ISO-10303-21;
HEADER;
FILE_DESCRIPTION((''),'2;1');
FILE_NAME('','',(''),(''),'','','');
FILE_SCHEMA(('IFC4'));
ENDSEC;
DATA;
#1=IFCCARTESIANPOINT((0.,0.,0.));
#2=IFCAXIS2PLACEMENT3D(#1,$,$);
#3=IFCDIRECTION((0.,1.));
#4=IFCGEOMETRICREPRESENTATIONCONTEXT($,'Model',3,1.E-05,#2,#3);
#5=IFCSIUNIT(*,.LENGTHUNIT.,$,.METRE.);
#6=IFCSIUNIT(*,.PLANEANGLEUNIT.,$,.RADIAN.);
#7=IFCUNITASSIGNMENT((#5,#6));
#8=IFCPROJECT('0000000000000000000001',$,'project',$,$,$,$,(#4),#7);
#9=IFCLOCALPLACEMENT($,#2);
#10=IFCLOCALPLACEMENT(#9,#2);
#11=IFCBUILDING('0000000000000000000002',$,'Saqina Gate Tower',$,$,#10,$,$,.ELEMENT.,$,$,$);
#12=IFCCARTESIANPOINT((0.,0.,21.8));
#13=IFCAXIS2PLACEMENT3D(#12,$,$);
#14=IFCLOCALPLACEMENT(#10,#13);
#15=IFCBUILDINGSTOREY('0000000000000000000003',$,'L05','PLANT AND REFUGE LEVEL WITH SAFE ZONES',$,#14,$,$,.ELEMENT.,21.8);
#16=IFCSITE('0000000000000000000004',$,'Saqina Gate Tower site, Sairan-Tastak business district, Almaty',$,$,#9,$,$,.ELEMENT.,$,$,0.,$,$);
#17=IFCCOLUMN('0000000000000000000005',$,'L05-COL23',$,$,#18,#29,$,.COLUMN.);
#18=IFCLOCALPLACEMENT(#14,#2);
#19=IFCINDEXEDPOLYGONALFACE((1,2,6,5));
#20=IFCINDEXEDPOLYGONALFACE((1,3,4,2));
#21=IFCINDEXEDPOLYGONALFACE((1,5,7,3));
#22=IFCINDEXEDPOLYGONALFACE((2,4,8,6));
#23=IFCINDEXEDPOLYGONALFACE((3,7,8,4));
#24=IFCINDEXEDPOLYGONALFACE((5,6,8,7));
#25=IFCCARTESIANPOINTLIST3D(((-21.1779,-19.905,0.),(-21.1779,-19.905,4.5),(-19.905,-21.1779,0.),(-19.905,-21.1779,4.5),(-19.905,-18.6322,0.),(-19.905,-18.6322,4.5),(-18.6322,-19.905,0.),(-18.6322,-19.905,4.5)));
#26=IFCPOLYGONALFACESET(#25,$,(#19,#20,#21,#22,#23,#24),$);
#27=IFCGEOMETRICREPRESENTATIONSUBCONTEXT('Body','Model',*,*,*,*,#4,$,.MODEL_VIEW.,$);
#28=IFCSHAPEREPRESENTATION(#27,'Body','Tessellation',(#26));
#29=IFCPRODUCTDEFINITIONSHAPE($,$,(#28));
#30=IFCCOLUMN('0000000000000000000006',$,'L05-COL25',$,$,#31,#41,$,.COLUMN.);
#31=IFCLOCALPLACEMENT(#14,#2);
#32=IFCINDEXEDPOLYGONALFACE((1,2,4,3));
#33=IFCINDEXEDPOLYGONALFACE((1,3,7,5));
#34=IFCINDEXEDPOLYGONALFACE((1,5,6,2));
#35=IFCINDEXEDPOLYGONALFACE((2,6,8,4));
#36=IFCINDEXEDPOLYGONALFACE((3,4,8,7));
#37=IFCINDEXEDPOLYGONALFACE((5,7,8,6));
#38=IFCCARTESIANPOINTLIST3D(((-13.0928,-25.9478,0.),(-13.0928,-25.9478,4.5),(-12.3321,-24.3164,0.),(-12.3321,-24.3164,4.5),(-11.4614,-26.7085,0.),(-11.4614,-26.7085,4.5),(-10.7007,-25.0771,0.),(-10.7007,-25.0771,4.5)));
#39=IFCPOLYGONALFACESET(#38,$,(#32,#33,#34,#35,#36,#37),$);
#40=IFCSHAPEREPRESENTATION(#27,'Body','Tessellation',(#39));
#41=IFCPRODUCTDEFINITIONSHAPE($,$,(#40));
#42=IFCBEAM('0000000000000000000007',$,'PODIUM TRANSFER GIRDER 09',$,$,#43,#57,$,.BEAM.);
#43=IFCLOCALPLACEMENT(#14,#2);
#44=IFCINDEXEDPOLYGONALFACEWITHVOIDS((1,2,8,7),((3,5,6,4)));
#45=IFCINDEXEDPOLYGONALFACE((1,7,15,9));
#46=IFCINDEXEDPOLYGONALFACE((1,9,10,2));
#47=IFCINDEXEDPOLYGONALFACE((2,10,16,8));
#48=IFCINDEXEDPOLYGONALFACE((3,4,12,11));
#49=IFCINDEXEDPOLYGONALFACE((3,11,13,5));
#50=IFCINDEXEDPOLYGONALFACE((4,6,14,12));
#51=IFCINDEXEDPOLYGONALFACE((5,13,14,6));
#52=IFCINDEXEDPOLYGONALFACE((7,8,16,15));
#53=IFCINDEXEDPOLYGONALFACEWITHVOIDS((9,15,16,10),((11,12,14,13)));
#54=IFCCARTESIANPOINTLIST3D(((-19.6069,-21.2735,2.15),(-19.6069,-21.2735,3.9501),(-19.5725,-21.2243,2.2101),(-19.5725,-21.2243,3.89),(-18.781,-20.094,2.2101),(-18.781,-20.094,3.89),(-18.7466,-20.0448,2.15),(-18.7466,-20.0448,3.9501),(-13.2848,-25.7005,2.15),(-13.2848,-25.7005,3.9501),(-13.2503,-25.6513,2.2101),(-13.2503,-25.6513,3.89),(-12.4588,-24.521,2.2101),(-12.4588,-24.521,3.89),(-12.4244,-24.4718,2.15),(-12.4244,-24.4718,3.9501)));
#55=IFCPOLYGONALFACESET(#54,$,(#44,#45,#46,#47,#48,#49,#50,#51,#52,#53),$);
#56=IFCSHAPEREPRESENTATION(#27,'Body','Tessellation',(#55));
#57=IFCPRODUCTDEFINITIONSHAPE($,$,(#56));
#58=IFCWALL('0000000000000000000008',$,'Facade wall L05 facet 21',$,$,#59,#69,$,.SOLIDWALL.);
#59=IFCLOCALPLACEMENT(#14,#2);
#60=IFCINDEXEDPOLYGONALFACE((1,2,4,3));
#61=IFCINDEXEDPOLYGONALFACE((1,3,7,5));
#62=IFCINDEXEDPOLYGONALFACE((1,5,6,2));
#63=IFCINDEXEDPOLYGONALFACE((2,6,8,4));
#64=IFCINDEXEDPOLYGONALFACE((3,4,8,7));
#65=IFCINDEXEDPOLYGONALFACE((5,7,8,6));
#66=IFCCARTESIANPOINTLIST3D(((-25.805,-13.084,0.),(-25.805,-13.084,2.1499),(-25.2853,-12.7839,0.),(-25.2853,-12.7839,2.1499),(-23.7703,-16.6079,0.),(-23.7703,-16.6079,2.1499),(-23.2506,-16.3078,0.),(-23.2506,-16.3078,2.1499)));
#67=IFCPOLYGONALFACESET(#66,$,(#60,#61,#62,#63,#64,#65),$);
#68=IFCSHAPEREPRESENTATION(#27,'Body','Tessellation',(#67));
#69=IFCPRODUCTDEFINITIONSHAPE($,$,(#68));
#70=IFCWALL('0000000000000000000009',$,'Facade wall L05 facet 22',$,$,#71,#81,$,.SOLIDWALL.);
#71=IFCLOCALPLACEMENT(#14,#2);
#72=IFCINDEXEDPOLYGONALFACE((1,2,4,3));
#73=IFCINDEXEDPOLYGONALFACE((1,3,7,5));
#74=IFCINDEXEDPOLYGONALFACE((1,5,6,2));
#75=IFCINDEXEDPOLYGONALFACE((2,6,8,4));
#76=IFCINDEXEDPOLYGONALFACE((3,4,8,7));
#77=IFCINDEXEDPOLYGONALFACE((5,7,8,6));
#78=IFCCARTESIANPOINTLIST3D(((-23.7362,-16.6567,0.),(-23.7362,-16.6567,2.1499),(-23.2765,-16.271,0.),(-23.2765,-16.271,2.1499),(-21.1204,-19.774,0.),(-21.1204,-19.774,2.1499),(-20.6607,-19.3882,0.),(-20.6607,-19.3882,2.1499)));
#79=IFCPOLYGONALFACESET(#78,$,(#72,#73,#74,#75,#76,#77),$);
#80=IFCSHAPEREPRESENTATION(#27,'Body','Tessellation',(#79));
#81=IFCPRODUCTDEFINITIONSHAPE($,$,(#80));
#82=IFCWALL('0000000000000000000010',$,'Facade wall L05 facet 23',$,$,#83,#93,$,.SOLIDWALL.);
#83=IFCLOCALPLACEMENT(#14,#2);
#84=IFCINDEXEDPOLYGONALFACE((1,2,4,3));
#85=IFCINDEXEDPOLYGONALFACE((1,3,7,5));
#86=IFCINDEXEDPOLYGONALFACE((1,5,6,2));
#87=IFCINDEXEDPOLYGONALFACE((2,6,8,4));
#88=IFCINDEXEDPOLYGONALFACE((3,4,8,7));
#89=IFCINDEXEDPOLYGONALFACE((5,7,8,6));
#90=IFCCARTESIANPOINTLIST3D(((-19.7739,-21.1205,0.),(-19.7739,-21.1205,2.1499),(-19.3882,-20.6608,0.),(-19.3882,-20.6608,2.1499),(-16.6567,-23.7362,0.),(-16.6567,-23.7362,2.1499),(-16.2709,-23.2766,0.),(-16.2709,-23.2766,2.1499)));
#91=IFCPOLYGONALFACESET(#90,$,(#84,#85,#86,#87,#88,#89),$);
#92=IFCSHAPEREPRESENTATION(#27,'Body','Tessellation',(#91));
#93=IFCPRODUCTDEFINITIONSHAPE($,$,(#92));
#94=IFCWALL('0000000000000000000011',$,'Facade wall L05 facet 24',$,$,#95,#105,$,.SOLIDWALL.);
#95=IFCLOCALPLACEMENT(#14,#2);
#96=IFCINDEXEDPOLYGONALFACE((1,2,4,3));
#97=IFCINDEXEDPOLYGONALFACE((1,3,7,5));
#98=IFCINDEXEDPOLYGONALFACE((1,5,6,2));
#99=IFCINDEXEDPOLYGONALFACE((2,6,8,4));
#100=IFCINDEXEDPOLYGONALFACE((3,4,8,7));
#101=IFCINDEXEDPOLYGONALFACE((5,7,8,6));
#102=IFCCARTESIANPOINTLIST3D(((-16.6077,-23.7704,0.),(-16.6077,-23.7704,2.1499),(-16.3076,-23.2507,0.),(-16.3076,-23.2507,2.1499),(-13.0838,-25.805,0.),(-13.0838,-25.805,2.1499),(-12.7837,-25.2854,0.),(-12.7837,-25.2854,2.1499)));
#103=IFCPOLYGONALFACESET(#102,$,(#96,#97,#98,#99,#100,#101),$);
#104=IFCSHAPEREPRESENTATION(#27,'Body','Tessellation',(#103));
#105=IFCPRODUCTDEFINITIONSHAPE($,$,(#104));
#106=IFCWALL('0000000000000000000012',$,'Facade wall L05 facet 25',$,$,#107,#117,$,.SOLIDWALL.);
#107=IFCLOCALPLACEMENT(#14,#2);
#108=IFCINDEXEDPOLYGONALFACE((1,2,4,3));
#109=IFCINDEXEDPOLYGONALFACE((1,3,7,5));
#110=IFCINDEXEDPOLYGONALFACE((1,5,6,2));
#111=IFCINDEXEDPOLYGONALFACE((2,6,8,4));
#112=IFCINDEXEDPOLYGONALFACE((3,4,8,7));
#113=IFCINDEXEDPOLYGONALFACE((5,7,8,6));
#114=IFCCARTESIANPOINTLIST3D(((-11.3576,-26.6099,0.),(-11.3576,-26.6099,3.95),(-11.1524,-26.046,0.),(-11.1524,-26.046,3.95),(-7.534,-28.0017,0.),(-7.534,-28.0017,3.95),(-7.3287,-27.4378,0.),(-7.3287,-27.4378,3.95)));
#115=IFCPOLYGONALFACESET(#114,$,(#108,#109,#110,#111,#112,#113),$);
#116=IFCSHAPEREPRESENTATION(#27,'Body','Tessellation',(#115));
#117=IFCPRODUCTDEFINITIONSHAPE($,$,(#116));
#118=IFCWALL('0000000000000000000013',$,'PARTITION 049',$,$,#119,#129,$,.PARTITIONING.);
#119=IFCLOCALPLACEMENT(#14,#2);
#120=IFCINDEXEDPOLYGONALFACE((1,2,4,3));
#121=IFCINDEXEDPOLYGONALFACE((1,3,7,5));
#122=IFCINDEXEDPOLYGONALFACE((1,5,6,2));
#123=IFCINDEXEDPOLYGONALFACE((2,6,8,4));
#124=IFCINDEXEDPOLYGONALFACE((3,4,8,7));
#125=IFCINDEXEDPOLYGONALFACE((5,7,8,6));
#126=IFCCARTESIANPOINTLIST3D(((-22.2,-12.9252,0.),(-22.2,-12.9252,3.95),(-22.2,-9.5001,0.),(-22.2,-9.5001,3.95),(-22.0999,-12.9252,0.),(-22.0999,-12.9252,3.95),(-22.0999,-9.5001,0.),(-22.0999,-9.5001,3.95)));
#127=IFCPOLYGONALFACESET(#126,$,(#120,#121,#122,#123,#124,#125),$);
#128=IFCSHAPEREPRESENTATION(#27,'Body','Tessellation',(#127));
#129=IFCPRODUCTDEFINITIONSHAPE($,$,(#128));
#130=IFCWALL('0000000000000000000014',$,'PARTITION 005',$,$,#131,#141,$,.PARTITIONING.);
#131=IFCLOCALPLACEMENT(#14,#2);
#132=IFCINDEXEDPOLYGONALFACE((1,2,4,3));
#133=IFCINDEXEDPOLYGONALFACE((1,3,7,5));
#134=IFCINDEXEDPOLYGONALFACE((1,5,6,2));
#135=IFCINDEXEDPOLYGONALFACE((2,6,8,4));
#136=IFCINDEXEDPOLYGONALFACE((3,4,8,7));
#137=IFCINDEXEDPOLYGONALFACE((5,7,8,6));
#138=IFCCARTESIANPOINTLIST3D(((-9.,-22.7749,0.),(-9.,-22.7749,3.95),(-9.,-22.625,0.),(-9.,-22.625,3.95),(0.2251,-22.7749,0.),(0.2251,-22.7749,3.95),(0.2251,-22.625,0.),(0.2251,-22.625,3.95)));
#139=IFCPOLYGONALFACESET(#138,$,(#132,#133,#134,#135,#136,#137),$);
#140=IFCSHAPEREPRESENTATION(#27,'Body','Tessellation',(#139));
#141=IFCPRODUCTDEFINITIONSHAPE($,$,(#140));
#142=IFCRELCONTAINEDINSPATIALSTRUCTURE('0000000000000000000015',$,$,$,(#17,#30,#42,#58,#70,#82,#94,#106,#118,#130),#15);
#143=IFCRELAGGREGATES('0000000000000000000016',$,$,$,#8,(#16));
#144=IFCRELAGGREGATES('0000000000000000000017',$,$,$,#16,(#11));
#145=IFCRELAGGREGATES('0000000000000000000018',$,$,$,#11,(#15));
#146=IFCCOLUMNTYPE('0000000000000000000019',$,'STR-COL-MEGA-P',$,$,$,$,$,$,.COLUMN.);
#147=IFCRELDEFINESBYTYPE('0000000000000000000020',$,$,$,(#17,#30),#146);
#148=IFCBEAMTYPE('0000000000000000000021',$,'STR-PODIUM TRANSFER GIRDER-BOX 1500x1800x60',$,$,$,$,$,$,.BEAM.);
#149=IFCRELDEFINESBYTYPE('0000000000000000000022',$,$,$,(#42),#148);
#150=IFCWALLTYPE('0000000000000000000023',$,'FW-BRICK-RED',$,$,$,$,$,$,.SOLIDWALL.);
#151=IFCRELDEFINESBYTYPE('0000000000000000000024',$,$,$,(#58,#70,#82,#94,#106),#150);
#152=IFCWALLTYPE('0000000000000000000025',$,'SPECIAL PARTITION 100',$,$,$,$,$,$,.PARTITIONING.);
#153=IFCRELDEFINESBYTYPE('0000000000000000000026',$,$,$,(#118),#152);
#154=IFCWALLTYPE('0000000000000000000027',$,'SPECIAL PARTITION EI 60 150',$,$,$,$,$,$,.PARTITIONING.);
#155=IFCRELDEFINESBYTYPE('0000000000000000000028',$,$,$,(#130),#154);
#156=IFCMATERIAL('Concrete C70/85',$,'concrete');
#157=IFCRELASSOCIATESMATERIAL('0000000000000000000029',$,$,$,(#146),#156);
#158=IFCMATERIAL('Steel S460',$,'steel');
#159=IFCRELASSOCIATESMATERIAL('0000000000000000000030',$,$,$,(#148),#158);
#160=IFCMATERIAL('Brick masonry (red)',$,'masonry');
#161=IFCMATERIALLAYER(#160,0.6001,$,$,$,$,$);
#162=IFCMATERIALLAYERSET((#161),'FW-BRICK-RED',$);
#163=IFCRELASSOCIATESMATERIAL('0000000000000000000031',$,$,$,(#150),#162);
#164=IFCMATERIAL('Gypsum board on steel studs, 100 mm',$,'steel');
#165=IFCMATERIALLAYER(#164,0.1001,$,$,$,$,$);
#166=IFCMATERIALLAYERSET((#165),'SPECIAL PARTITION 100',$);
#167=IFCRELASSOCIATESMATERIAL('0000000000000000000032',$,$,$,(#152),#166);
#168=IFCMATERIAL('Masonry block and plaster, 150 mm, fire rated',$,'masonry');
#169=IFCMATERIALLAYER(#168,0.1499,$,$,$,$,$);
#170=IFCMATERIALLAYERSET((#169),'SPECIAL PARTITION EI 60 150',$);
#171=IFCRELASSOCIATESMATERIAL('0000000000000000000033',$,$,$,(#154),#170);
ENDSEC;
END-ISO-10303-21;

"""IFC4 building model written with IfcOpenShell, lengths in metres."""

from ifc_helpers import new_model, si_unit, direction, frame, frame_2d, origin, origin_2d, place, context, subcontext, project, spatial, rectangle, hollow_rectangle, extrude, material, layer, layer_set, material_profile, profile_set, type_object, element, save


model = new_model("IFC4")

# Units and contexts
model_context = context("Model", 3, precision=1e-05, world=origin(), true_north=direction((0.0, 1.0)))
body_context = subcontext(model_context, "Body", "Model", "MODEL_VIEW")
ifc_project = project(units=[si_unit("LENGTHUNIT", "METRE"), si_unit("PLANEANGLEUNIT", "RADIAN")], contexts=[model_context])

# Site, building, storey
site_placement = place(None, origin())
site = spatial("IfcSite", under=ifc_project, at=site_placement, Name="Saqina Gate Tower site, Sairan-Tastak business district, Almaty", CompositionType="ELEMENT", RefElevation=0.0)
building_placement = place(site_placement, origin())
building = spatial("IfcBuilding", under=site, at=building_placement, Name="Saqina Gate Tower", CompositionType="ELEMENT")
storey_placement = place(building_placement, frame((0.0, 0.0, 21.8)))
storey = spatial("IfcBuildingStorey", under=building, at=storey_placement, Name="L05", Description="PLANT AND REFUGE LEVEL WITH SAFE ZONES", CompositionType="ELEMENT", Elevation=21.8)

# Columns
ifc_material_1 = material(Name="Concrete C70/85", Category="concrete")
ifc_material_profile_1 = material_profile(ifc_material_1, rectangle(XDim=1.8, YDim=1.8, at=origin_2d()), Name="RC 1800x1800")
ifc_profile_set_1 = profile_set([ifc_material_profile_1], Name="Concrete C70/85")
column_type = type_object("IfcColumnType", Name="STR-COL-MEGA-P", PredefinedType="COLUMN", material=ifc_profile_set_1)
for number, where, z_axis, x_axis, name in (
    (1, (-19.905, -19.905, 0.0), (0.0, 0.0, 1.0), (-0.707107, -0.707107, 0.0), "L05-COL23"),
    (2, (-11.8967, -25.5125, 0.0), (0.0, 0.0, 1.0), (-0.422618, -0.906308, 0.0), "L05-COL25"),
):
    element("IfcColumn", number, at=place(storey_placement, frame(where, z_axis=z_axis, x_axis=x_axis)), inside=storey, type_object=column_type, Name=name, PredefinedType="COLUMN", context=body_context, shape_type="SweptSolid", body=[
        extrude(rectangle(XDim=1.8, YDim=1.8, at=origin_2d()), origin(), (0.0, 0.0, 1.0), 4.5),
    ])

# Beam
ifc_material_2 = material(Name="Steel S460", Category="steel")
ifc_material_profile_2 = material_profile(ifc_material_2, hollow_rectangle(XDim=1.5, YDim=1.8, WallThickness=0.0601, at=origin_2d()), Name="BOX 1500x1800x60")
ifc_profile_set_2 = profile_set([ifc_material_profile_2], Name="Steel S460")
beam_type = type_object("IfcBeamType", Name="STR-PODIUM TRANSFER GIRDER-BOX 1500x1800x60", PredefinedType="BEAM", material=ifc_profile_set_2)
beam_placement = place(storey_placement, frame((-19.1768, -20.6592, 3.05), z_axis=(0.819146, -0.573585, 0.0), x_axis=(0.573585, 0.819146, 0.0)))
element("IfcBeam", 3, at=beam_placement, inside=storey, type_object=beam_type, Name="PODIUM TRANSFER GIRDER 09", PredefinedType="BEAM", context=body_context, shape_type="SweptSolid", body=[
    extrude(hollow_rectangle(XDim=1.5, YDim=1.8, WallThickness=0.0601, at=origin_2d()), origin(), (0.0, 0.0, 1.0), 7.718),
])

# Walls
ifc_material_3 = material(Name="Brick masonry (red)", Category="masonry")
ifc_layer_1 = layer(ifc_material_3, 0.6001)
ifc_layer_set_1 = layer_set([ifc_layer_1], Name="FW-BRICK-RED")
wall_type_1 = type_object("IfcWallType", Name="FW-BRICK-RED", PredefinedType="SOLIDWALL", material=ifc_layer_set_1)
wall_1_placement = place(storey_placement, frame((-25.5452, -12.9338, 0.0), z_axis=(0.0, 0.0, 1.0), x_axis=(0.500024, -0.866012, 0.0)))
element("IfcWall", 4, at=wall_1_placement, inside=storey, type_object=wall_type_1, Name="Facade wall L05 facet 21", PredefinedType="SOLIDWALL", context=body_context, shape_type="SweptSolid", body=[
    extrude(rectangle(XDim=4.0691, YDim=0.6001, at=frame_2d((2.0347, 0.0))), origin(), (0.0, 0.0, 1.0), 2.1499),
])
for number, where, z_axis, x_axis, name in (
    (5, (-23.5063, -16.4639, 0.0), (0.0, 0.0, 1.0), (0.642801, -0.766033, 0.0), "Facade wall L05 facet 22"),
    (6, (-19.5811, -20.8906, 0.0), (0.0, 0.0, 1.0), (0.766033, -0.642801, 0.0), "Facade wall L05 facet 23"),
):
    element("IfcWall", number, at=place(storey_placement, frame(where, z_axis=z_axis, x_axis=x_axis)), inside=storey, type_object=wall_type_1, Name=name, PredefinedType="SOLIDWALL", context=body_context, shape_type="SweptSolid", body=[
        extrude(rectangle(XDim=4.0693, YDim=0.6001, at=frame_2d((2.0347, 0.0))), origin(), (0.0, 0.0, 1.0), 2.1499),
    ])
wall_2_placement = place(storey_placement, frame((-16.4578, -23.5105, 0.0), z_axis=(0.0, 0.0, 1.0), x_axis=(0.866012, -0.500024, 0.0)))
element("IfcWall", 7, at=wall_2_placement, inside=storey, type_object=wall_type_1, Name="Facade wall L05 facet 24", PredefinedType="SOLIDWALL", context=body_context, shape_type="SweptSolid", body=[
    extrude(rectangle(XDim=4.0691, YDim=0.6001, at=frame_2d((2.0347, 0.0))), origin(), (0.0, 0.0, 1.0), 2.1499),
])
wall_3_placement = place(storey_placement, frame((-11.2551, -26.3279, 0.0), z_axis=(0.0, 0.0, 1.0), x_axis=(0.939683, -0.342047, 0.0)))
element("IfcWall", 8, at=wall_3_placement, inside=storey, type_object=wall_type_1, Name="Facade wall L05 facet 25", PredefinedType="SOLIDWALL", context=body_context, shape_type="SweptSolid", body=[
    extrude(rectangle(XDim=4.0691, YDim=0.6001, at=frame_2d((2.0347, 0.0))), origin(), (0.0, 0.0, 1.0), 3.95),
])
ifc_material_4 = material(Name="Gypsum board on steel studs, 100 mm", Category="steel")
ifc_layer_2 = layer(ifc_material_4, 0.1001)
ifc_layer_set_2 = layer_set([ifc_layer_2], Name="SPECIAL PARTITION 100")
wall_type_2 = type_object("IfcWallType", Name="SPECIAL PARTITION 100", PredefinedType="PARTITIONING", material=ifc_layer_set_2)
wall_4_placement = place(storey_placement, frame((-22.1499, -12.925, 0.0), z_axis=(0.0, 0.0, 1.0), x_axis=(0.0, 1.0, 0.0)))
element("IfcWall", 9, at=wall_4_placement, inside=storey, type_object=wall_type_2, Name="PARTITION 049", PredefinedType="PARTITIONING", context=body_context, shape_type="SweptSolid", body=[
    extrude(rectangle(XDim=3.425, YDim=0.1001, at=frame_2d((1.7124, 0.0))), origin(), (0.0, 0.0, 1.0), 3.95),
])
ifc_material_5 = material(Name="Masonry block and plaster, 150 mm, fire rated", Category="masonry")
ifc_layer_3 = layer(ifc_material_5, 0.1499)
ifc_layer_set_3 = layer_set([ifc_layer_3], Name="SPECIAL PARTITION EI 60 150")
wall_type_3 = type_object("IfcWallType", Name="SPECIAL PARTITION EI 60 150", PredefinedType="PARTITIONING", material=ifc_layer_set_3)
wall_5_placement = place(storey_placement, frame((-9.0, -22.7, 0.0), z_axis=(0.0, 0.0, 1.0), x_axis=(1.0, 0.0, 0.0)))
element("IfcWall", 10, at=wall_5_placement, inside=storey, type_object=wall_type_3, Name="PARTITION 005", PredefinedType="PARTITIONING", context=body_context, shape_type="SweptSolid", body=[
    extrude(rectangle(XDim=9.2251, YDim=0.1499, at=frame_2d((4.6125, 0.0))), origin(), (0.0, 0.0, 1.0), 3.95),
])

save(model, "model.ifc")
